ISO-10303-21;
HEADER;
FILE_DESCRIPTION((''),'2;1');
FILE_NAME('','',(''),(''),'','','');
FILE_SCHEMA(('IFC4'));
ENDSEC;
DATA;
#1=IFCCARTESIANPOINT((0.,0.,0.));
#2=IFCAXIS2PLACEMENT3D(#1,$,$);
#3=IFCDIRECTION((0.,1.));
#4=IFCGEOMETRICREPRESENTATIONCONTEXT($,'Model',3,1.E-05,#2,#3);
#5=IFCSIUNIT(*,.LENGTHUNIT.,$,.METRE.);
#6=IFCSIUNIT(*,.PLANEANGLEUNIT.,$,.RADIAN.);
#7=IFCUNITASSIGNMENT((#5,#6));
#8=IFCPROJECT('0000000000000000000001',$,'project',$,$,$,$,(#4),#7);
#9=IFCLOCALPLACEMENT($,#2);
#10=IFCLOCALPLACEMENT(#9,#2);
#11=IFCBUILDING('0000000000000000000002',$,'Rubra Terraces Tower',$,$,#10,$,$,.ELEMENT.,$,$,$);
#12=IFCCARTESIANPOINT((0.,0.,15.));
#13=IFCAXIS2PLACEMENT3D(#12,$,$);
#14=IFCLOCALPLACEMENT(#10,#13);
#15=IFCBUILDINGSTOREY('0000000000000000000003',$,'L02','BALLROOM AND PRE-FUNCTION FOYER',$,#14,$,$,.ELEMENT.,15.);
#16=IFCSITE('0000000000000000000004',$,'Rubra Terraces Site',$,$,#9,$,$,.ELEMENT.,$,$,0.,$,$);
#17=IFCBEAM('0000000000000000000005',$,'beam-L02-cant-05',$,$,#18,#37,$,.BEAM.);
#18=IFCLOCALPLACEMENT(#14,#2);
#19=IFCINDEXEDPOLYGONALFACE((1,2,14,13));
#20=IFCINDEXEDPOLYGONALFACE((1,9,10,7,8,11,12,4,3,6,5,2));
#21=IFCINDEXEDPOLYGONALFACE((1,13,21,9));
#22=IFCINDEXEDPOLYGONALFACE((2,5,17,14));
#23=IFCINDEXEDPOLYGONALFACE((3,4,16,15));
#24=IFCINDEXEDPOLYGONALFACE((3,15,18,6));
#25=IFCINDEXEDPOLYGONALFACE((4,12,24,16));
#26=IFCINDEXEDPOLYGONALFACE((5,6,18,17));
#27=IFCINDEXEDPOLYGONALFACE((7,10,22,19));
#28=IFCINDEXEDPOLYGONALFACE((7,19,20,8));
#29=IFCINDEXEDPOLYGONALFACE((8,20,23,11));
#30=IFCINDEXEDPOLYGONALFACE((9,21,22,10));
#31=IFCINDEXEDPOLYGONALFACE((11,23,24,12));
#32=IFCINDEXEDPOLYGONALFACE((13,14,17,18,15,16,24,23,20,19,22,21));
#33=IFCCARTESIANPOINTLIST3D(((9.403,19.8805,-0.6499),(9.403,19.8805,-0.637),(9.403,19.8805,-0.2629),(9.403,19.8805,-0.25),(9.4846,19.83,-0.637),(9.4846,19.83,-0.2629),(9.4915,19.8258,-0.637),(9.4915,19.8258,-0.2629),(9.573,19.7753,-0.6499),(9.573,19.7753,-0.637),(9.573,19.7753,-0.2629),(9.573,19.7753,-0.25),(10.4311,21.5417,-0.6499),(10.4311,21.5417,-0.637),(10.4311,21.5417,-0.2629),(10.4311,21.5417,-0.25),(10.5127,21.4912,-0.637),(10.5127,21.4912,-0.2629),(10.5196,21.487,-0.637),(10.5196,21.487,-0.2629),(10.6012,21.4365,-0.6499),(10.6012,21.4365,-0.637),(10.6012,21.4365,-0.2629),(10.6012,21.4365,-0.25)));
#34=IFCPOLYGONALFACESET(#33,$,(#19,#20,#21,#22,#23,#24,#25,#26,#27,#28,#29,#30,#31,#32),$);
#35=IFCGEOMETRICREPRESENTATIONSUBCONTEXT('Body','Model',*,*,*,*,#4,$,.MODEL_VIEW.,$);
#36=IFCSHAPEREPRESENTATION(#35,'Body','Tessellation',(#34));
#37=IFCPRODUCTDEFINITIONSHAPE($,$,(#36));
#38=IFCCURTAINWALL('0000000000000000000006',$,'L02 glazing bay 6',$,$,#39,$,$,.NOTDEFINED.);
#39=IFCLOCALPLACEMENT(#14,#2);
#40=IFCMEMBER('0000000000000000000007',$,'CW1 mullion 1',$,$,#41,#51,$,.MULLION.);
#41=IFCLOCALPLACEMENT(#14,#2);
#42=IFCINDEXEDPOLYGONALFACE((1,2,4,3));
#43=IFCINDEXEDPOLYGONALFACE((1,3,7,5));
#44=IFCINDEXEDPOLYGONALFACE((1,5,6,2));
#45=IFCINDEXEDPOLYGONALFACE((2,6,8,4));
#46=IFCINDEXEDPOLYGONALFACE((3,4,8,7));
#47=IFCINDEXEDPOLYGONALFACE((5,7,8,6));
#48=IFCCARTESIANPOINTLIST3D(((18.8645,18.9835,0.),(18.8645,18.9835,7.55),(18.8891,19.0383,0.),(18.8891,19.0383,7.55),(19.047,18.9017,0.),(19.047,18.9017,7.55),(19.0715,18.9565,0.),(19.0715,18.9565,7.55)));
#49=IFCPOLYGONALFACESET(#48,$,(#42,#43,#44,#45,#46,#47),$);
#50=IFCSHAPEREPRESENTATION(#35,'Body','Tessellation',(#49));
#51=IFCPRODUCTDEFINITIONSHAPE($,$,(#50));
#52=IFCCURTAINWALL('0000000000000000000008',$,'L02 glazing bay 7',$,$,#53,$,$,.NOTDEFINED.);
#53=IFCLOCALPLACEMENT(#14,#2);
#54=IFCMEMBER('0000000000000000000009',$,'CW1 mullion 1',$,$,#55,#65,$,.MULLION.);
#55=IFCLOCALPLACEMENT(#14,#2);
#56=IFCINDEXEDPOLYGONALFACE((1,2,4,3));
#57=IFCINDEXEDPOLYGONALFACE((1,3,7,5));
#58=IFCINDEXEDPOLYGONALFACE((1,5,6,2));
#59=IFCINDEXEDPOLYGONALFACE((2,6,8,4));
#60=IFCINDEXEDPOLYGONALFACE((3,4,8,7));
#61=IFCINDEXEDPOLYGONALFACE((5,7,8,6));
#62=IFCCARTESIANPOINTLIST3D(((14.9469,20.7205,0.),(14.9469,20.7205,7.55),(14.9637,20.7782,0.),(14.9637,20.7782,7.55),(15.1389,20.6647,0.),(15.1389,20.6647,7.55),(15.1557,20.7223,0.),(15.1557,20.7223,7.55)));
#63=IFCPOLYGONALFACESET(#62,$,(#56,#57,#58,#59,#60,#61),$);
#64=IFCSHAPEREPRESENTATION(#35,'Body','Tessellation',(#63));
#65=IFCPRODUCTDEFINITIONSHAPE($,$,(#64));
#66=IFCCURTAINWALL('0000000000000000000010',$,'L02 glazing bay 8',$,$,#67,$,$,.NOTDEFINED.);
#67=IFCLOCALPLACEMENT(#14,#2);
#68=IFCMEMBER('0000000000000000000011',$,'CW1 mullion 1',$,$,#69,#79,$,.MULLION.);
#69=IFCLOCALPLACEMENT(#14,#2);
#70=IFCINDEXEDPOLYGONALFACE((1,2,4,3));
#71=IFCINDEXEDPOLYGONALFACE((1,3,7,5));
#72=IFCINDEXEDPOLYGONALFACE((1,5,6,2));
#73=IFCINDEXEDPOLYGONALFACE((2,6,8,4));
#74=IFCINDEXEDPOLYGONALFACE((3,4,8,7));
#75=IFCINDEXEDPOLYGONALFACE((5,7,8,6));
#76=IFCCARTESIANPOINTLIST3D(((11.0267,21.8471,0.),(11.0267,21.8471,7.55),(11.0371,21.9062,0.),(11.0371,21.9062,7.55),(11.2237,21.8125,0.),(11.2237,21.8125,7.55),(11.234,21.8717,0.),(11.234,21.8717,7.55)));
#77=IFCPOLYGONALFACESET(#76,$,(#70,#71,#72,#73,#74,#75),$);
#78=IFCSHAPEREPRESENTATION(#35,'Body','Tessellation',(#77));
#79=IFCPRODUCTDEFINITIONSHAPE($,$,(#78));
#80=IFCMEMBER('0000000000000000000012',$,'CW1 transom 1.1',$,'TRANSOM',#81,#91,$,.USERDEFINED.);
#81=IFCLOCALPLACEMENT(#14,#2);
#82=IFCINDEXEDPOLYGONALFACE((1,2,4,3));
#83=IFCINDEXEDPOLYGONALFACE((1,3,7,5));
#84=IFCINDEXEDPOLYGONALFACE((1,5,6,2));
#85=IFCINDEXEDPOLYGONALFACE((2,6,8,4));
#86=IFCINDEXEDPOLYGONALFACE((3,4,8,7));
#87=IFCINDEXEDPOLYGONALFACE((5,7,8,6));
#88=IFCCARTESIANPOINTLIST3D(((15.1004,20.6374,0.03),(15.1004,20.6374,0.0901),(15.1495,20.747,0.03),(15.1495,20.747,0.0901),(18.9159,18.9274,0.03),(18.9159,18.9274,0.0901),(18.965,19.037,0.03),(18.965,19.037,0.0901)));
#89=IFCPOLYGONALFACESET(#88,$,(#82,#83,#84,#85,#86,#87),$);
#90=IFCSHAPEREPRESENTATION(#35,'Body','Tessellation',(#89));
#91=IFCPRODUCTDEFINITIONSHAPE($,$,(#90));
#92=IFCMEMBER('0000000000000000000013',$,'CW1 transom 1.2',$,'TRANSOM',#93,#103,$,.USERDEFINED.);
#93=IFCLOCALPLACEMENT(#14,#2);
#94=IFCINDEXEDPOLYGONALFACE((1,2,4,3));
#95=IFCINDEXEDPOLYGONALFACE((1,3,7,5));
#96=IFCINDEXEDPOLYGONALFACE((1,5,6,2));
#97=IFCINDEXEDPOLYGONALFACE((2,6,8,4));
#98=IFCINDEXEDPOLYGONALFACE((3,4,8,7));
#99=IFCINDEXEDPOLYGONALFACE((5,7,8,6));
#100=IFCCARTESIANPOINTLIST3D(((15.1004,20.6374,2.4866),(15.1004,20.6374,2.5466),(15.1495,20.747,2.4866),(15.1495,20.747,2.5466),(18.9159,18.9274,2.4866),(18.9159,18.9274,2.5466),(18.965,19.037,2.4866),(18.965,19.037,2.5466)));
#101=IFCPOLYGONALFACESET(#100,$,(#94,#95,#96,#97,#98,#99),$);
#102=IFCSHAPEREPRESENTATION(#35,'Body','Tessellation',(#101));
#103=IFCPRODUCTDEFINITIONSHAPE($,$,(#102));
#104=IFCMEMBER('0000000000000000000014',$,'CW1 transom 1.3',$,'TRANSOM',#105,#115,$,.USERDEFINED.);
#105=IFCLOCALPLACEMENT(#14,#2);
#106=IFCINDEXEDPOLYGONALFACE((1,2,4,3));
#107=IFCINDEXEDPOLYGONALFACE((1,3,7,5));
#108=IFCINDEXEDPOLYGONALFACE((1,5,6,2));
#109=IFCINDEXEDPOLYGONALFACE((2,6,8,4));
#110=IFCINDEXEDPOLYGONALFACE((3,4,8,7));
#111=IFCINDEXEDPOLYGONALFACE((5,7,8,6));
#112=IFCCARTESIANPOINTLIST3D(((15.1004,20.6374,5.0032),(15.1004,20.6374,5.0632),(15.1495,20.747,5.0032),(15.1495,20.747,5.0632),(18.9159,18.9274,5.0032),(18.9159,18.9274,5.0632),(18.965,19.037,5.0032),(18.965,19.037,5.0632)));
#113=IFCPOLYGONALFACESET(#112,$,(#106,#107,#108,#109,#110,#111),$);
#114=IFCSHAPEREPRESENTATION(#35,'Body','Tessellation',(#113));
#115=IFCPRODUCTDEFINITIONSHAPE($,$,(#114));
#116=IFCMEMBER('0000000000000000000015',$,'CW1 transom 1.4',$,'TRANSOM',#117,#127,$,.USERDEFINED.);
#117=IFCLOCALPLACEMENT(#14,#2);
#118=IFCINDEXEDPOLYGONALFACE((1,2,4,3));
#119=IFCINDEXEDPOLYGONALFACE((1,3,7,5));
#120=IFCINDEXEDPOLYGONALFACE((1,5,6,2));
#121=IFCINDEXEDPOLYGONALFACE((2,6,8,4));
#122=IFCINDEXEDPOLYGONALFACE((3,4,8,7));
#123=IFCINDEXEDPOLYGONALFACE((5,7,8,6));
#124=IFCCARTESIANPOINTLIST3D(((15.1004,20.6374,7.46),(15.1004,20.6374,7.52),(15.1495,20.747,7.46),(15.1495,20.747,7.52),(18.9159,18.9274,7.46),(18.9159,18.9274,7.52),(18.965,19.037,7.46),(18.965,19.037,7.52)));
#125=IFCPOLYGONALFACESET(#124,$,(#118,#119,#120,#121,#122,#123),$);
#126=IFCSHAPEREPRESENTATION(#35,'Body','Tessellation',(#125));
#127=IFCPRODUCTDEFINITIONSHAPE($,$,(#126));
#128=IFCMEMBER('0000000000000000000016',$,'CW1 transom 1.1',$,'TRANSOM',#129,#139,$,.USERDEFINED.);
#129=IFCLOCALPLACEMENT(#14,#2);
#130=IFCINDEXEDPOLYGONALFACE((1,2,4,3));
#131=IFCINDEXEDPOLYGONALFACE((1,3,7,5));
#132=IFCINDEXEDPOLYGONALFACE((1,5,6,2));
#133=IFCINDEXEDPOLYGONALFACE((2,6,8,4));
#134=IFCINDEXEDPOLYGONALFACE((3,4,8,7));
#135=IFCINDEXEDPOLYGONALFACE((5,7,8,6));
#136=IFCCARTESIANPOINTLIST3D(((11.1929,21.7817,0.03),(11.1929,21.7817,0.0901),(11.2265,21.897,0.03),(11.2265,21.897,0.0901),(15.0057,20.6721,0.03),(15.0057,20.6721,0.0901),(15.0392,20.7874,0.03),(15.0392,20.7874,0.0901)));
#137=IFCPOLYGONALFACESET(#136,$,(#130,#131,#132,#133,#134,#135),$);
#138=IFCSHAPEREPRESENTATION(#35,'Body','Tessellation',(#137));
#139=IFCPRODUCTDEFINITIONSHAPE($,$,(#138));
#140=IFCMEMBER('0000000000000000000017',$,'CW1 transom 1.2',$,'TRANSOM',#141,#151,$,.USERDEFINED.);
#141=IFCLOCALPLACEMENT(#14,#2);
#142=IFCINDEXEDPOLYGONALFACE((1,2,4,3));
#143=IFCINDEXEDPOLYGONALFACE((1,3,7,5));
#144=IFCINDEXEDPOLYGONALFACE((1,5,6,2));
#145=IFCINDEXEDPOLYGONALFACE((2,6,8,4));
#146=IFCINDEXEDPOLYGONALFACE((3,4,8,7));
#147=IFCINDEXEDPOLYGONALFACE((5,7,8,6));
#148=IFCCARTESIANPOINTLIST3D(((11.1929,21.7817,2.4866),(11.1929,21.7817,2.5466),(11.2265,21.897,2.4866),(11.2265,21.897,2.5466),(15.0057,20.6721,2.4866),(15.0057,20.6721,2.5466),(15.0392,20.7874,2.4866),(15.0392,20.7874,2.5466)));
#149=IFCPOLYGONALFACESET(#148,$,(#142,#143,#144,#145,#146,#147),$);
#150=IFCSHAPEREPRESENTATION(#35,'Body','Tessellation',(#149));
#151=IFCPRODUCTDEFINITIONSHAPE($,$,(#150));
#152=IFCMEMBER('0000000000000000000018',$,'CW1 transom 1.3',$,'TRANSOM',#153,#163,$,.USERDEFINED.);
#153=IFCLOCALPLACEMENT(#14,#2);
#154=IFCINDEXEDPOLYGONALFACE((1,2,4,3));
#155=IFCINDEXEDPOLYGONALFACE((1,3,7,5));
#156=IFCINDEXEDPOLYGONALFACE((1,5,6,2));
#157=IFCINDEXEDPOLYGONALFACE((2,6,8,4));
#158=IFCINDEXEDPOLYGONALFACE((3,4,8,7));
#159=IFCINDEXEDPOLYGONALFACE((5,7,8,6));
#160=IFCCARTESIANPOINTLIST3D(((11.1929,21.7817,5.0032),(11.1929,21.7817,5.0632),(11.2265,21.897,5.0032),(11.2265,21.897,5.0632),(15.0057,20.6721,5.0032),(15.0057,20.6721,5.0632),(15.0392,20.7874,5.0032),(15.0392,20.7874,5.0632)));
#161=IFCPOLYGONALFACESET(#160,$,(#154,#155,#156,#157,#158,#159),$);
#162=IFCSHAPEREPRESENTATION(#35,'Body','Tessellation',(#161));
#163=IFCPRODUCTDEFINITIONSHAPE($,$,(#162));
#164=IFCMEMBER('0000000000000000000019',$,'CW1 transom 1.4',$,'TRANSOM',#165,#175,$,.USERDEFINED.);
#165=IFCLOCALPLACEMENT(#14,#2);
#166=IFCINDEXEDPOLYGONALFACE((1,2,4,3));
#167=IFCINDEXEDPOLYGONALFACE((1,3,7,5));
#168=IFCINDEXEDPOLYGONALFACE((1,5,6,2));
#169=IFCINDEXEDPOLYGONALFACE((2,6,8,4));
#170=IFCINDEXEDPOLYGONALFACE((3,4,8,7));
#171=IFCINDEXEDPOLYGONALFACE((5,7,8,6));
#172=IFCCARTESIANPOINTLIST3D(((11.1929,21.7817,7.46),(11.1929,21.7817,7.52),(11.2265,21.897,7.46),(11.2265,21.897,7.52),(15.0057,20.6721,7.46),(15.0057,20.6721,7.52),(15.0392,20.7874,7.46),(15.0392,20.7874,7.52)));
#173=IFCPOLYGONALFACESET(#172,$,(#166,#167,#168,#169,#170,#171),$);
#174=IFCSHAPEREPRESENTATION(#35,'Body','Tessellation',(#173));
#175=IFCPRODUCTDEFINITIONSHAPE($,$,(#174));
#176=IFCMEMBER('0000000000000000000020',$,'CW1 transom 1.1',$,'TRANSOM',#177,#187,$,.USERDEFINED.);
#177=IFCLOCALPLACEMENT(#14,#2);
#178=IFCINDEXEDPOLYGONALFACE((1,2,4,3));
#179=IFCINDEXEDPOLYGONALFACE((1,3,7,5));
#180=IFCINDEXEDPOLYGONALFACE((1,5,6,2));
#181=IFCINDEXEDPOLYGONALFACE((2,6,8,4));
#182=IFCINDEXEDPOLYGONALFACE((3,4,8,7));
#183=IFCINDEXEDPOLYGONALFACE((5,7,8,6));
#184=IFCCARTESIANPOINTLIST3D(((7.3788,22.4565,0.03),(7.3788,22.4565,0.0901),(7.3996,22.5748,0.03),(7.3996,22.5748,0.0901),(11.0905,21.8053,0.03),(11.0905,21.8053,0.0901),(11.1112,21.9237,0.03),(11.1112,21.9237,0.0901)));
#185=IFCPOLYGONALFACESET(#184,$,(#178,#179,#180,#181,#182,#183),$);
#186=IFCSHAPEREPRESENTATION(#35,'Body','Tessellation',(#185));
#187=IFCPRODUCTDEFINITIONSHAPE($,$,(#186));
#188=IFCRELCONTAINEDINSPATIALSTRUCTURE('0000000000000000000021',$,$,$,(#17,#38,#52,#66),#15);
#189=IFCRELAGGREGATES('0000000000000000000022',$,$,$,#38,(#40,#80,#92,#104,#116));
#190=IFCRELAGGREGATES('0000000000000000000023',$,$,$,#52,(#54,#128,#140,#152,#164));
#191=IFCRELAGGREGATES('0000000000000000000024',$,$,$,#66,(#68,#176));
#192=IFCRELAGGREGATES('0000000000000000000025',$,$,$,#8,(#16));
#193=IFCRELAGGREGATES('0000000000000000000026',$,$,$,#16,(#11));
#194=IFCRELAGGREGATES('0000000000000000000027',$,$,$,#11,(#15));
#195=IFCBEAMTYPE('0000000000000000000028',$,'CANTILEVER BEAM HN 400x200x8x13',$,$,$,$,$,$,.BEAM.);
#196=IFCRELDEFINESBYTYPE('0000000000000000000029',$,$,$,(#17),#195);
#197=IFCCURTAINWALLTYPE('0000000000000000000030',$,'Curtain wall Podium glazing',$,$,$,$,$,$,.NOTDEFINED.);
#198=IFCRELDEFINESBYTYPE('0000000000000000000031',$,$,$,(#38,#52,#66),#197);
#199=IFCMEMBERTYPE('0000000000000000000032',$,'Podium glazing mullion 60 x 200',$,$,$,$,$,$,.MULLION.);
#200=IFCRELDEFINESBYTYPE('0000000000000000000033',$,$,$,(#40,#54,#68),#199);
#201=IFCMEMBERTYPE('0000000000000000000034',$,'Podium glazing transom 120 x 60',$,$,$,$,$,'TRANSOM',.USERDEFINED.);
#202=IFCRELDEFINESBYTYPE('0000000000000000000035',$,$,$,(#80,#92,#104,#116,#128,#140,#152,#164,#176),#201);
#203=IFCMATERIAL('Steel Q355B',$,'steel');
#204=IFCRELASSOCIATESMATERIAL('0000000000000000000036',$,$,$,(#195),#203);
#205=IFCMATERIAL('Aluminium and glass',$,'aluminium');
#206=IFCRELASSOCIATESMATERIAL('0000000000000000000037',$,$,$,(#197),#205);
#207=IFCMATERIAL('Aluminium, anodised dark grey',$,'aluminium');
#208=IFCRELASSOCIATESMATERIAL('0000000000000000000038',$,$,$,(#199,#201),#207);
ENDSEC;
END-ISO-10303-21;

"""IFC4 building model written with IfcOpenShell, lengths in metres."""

from ifc_helpers import new_model, si_unit, direction, frame, origin, origin_2d, place, context, subcontext, project, spatial, rectangle, i_section, extrude, material, material_profile, profile_set, type_object, element, aggregate, save


model = new_model("IFC4")

# Units and contexts
model_context = context("Model", 3, precision=1e-05, world=origin(), true_north=direction((0.0, 1.0)))
body_context = subcontext(model_context, "Body", "Model", "MODEL_VIEW")
ifc_project = project(units=[si_unit("LENGTHUNIT", "METRE"), si_unit("PLANEANGLEUNIT", "RADIAN")], contexts=[model_context])

# Site, building, storey
site_placement = place(None, origin())
site = spatial("IfcSite", under=ifc_project, at=site_placement, Name="Rubra Terraces Site", CompositionType="ELEMENT", RefElevation=0.0)
building_placement = place(site_placement, origin())
building = spatial("IfcBuilding", under=site, at=building_placement, Name="Rubra Terraces Tower", CompositionType="ELEMENT")
storey_placement = place(building_placement, frame((0.0, 0.0, 15.0)))
storey = spatial("IfcBuildingStorey", under=building, at=storey_placement, Name="L02", Description="BALLROOM AND PRE-FUNCTION FOYER", CompositionType="ELEMENT", Elevation=15.0)

# Beam
ifc_material_1 = material(Name="Steel Q355B", Category="steel")
ifc_material_profile_1 = material_profile(ifc_material_1, i_section(OverallWidth=0.2, OverallDepth=0.3999, WebThickness=0.0081, FlangeThickness=0.0129, at=origin_2d()), Name="HN 400x200x8x13")
ifc_profile_set_1 = profile_set([ifc_material_profile_1], Name="Steel Q355B")
beam_type = type_object("IfcBeamType", Name="CANTILEVER BEAM HN 400x200x8x13", PredefinedType="BEAM", material=ifc_profile_set_1)
beam_placement = place(storey_placement, frame((9.488, 19.8279, -0.45), z_axis=(0.526264, 0.850321, 0.0), x_axis=(-0.850321, 0.526264, 0.0)))
element("IfcBeam", 1, at=beam_placement, inside=storey, type_object=beam_type, Name="beam-L02-cant-05", PredefinedType="BEAM", context=body_context, shape_type="SweptSolid", body=[
    extrude(i_section(OverallWidth=0.2, OverallDepth=0.3999, WebThickness=0.0081, FlangeThickness=0.0129, at=origin_2d()), origin(), (0.0, 0.0, 1.0), 1.9536),
])

# Curtain walls, members
ifc_material_2 = material(Name="Aluminium and glass", Category="aluminium")
curtain_wall_type = type_object("IfcCurtainWallType", Name="Curtain wall Podium glazing", PredefinedType="NOTDEFINED", material=ifc_material_2)
curtain_wall_1_placement = place(storey_placement, origin())
curtain_wall_1 = element("IfcCurtainWall", 2, at=curtain_wall_1_placement, inside=storey, type_object=curtain_wall_type, Name="L02 glazing bay 6", PredefinedType="NOTDEFINED")
ifc_material_3 = material(Name="Aluminium, anodised dark grey", Category="aluminium")
ifc_material_profile_2 = material_profile(ifc_material_3, rectangle(XDim=0.0601, YDim=0.2, at=origin_2d()), Name="AL 60x200")
ifc_profile_set_2 = profile_set([ifc_material_profile_2], Name="Aluminium, anodised dark grey")
member_type_1 = type_object("IfcMemberType", Name="Podium glazing mullion 60 x 200", PredefinedType="MULLION", material=ifc_profile_set_2)
member_1_placement = place(storey_placement, frame((18.968, 18.97, 0.0), z_axis=(0.0, 0.0, 1.0), x_axis=(-0.408962, -0.912551, 0.0)))
member_1 = element("IfcMember", 3, at=member_1_placement, type_object=member_type_1, Name="CW1 mullion 1", PredefinedType="MULLION", context=body_context, shape_type="SweptSolid", body=[
    extrude(rectangle(XDim=0.0601, YDim=0.2, at=origin_2d()), origin(), (0.0, 0.0, 1.0), 7.55),
])
curtain_wall_2_placement = place(storey_placement, origin())
curtain_wall_2 = element("IfcCurtainWall", 4, at=curtain_wall_2_placement, inside=storey, type_object=curtain_wall_type, Name="L02 glazing bay 7", PredefinedType="NOTDEFINED")
member_2_placement = place(storey_placement, frame((15.0513, 20.7214, 0.0), z_axis=(0.0, 0.0, 1.0), x_axis=(-0.279399, -0.960175, 0.0)))
member_2 = element("IfcMember", 5, at=member_2_placement, type_object=member_type_1, Name="CW1 mullion 1", PredefinedType="MULLION", context=body_context, shape_type="SweptSolid", body=[
    extrude(rectangle(XDim=0.0601, YDim=0.2, at=origin_2d()), origin(), (0.0, 0.0, 1.0), 7.55),
])
curtain_wall_3_placement = place(storey_placement, origin())
curtain_wall_3 = element("IfcCurtainWall", 6, at=curtain_wall_3_placement, inside=storey, type_object=curtain_wall_type, Name="L02 glazing bay 8", PredefinedType="NOTDEFINED")
member_3_placement = place(storey_placement, frame((11.1304, 21.8594, 0.0), z_axis=(0.0, 0.0, 1.0), x_axis=(-0.172817, -0.984954, 0.0)))
member_3 = element("IfcMember", 7, at=member_3_placement, type_object=member_type_1, Name="CW1 mullion 1", PredefinedType="MULLION", context=body_context, shape_type="SweptSolid", body=[
    extrude(rectangle(XDim=0.0601, YDim=0.2, at=origin_2d()), origin(), (0.0, 0.0, 1.0), 7.55),
])

# Members
ifc_material_profile_3 = material_profile(ifc_material_3, rectangle(XDim=0.1201, YDim=0.0601, at=origin_2d()), Name="AL 120x60")
ifc_profile_set_3 = profile_set([ifc_material_profile_3], Name="Aluminium, anodised dark grey")
member_type_2 = type_object("IfcMemberType", Name="Podium glazing transom 120 x 60", ElementType="TRANSOM", PredefinedType="USERDEFINED", material=ifc_profile_set_3)
member_4_placement = place(storey_placement, frame((18.9404, 18.9822, 0.0601), z_axis=(-0.912545, 0.408975, 0.0), x_axis=(-0.408975, -0.912545, 0.0)))
member_4 = element("IfcMember", 8, at=member_4_placement, type_object=member_type_2, Name="CW1 transom 1.1", ObjectType="TRANSOM", PredefinedType="USERDEFINED", context=body_context, shape_type="SweptSolid", body=[
    extrude(rectangle(XDim=0.1201, YDim=0.0601, at=origin_2d()), origin(), (0.0, 0.0, 1.0), 4.1812),
])
member_5_placement = place(storey_placement, frame((18.9404, 18.9822, 2.5166), z_axis=(-0.912545, 0.408975, 0.0), x_axis=(-0.408975, -0.912545, 0.0)))
member_5 = element("IfcMember", 9, at=member_5_placement, type_object=member_type_2, Name="CW1 transom 1.2", ObjectType="TRANSOM", PredefinedType="USERDEFINED", context=body_context, shape_type="SweptSolid", body=[
    extrude(rectangle(XDim=0.1201, YDim=0.0601, at=origin_2d()), origin(), (0.0, 0.0, 1.0), 4.1812),
])
member_6_placement = place(storey_placement, frame((18.9404, 18.9822, 5.0332), z_axis=(-0.912545, 0.408975, 0.0), x_axis=(-0.408975, -0.912545, 0.0)))
member_6 = element("IfcMember", 10, at=member_6_placement, type_object=member_type_2, Name="CW1 transom 1.3", ObjectType="TRANSOM", PredefinedType="USERDEFINED", context=body_context, shape_type="SweptSolid", body=[
    extrude(rectangle(XDim=0.1201, YDim=0.0601, at=origin_2d()), origin(), (0.0, 0.0, 1.0), 4.1812),
])
member_7_placement = place(storey_placement, frame((18.9404, 18.9822, 7.49), z_axis=(-0.912545, 0.408975, 0.0), x_axis=(-0.408975, -0.912545, 0.0)))
member_7 = element("IfcMember", 11, at=member_7_placement, type_object=member_type_2, Name="CW1 transom 1.4", ObjectType="TRANSOM", PredefinedType="USERDEFINED", context=body_context, shape_type="SweptSolid", body=[
    extrude(rectangle(XDim=0.1201, YDim=0.0601, at=origin_2d()), origin(), (0.0, 0.0, 1.0), 4.1812),
])
member_8_placement = place(storey_placement, frame((15.0225, 20.7297, 0.0601), z_axis=(-0.960164, 0.279436, 0.0), x_axis=(-0.279436, -0.960164, 0.0)))
member_8 = element("IfcMember", 12, at=member_8_placement, type_object=member_type_2, Name="CW1 transom 1.1", ObjectType="TRANSOM", PredefinedType="USERDEFINED", context=body_context, shape_type="SweptSolid", body=[
    extrude(rectangle(XDim=0.1201, YDim=0.0601, at=origin_2d()), origin(), (0.0, 0.0, 1.0), 3.9709),
])
member_9_placement = place(storey_placement, frame((15.0225, 20.7297, 2.5166), z_axis=(-0.960164, 0.279436, 0.0), x_axis=(-0.279436, -0.960164, 0.0)))
member_9 = element("IfcMember", 13, at=member_9_placement, type_object=member_type_2, Name="CW1 transom 1.2", ObjectType="TRANSOM", PredefinedType="USERDEFINED", context=body_context, shape_type="SweptSolid", body=[
    extrude(rectangle(XDim=0.1201, YDim=0.0601, at=origin_2d()), origin(), (0.0, 0.0, 1.0), 3.9709),
])
member_10_placement = place(storey_placement, frame((15.0225, 20.7297, 5.0332), z_axis=(-0.960164, 0.279436, 0.0), x_axis=(-0.279436, -0.960164, 0.0)))
member_10 = element("IfcMember", 14, at=member_10_placement, type_object=member_type_2, Name="CW1 transom 1.3", ObjectType="TRANSOM", PredefinedType="USERDEFINED", context=body_context, shape_type="SweptSolid", body=[
    extrude(rectangle(XDim=0.1201, YDim=0.0601, at=origin_2d()), origin(), (0.0, 0.0, 1.0), 3.9709),
])
member_11_placement = place(storey_placement, frame((15.0225, 20.7297, 7.49), z_axis=(-0.960164, 0.279436, 0.0), x_axis=(-0.279436, -0.960164, 0.0)))
member_11 = element("IfcMember", 15, at=member_11_placement, type_object=member_type_2, Name="CW1 transom 1.4", ObjectType="TRANSOM", PredefinedType="USERDEFINED", context=body_context, shape_type="SweptSolid", body=[
    extrude(rectangle(XDim=0.1201, YDim=0.0601, at=origin_2d()), origin(), (0.0, 0.0, 1.0), 3.9709),
])
member_12_placement = place(storey_placement, frame((11.1008, 21.8645, 0.0601), z_axis=(-0.984959, 0.172787, 0.0), x_axis=(-0.172787, -0.984959, 0.0)))
member_12 = element("IfcMember", 16, at=member_12_placement, type_object=member_type_2, Name="CW1 transom 1.1", ObjectType="TRANSOM", PredefinedType="USERDEFINED", context=body_context, shape_type="SweptSolid", body=[
    extrude(rectangle(XDim=0.1201, YDim=0.0601, at=origin_2d()), origin(), (0.0, 0.0, 1.0), 3.7683),
])

aggregate(curtain_wall_1, [member_1, member_4, member_5, member_6, member_7])
aggregate(curtain_wall_2, [member_2, member_8, member_9, member_10, member_11])
aggregate(curtain_wall_3, [member_3, member_12])

save(model, "model.ifc")
